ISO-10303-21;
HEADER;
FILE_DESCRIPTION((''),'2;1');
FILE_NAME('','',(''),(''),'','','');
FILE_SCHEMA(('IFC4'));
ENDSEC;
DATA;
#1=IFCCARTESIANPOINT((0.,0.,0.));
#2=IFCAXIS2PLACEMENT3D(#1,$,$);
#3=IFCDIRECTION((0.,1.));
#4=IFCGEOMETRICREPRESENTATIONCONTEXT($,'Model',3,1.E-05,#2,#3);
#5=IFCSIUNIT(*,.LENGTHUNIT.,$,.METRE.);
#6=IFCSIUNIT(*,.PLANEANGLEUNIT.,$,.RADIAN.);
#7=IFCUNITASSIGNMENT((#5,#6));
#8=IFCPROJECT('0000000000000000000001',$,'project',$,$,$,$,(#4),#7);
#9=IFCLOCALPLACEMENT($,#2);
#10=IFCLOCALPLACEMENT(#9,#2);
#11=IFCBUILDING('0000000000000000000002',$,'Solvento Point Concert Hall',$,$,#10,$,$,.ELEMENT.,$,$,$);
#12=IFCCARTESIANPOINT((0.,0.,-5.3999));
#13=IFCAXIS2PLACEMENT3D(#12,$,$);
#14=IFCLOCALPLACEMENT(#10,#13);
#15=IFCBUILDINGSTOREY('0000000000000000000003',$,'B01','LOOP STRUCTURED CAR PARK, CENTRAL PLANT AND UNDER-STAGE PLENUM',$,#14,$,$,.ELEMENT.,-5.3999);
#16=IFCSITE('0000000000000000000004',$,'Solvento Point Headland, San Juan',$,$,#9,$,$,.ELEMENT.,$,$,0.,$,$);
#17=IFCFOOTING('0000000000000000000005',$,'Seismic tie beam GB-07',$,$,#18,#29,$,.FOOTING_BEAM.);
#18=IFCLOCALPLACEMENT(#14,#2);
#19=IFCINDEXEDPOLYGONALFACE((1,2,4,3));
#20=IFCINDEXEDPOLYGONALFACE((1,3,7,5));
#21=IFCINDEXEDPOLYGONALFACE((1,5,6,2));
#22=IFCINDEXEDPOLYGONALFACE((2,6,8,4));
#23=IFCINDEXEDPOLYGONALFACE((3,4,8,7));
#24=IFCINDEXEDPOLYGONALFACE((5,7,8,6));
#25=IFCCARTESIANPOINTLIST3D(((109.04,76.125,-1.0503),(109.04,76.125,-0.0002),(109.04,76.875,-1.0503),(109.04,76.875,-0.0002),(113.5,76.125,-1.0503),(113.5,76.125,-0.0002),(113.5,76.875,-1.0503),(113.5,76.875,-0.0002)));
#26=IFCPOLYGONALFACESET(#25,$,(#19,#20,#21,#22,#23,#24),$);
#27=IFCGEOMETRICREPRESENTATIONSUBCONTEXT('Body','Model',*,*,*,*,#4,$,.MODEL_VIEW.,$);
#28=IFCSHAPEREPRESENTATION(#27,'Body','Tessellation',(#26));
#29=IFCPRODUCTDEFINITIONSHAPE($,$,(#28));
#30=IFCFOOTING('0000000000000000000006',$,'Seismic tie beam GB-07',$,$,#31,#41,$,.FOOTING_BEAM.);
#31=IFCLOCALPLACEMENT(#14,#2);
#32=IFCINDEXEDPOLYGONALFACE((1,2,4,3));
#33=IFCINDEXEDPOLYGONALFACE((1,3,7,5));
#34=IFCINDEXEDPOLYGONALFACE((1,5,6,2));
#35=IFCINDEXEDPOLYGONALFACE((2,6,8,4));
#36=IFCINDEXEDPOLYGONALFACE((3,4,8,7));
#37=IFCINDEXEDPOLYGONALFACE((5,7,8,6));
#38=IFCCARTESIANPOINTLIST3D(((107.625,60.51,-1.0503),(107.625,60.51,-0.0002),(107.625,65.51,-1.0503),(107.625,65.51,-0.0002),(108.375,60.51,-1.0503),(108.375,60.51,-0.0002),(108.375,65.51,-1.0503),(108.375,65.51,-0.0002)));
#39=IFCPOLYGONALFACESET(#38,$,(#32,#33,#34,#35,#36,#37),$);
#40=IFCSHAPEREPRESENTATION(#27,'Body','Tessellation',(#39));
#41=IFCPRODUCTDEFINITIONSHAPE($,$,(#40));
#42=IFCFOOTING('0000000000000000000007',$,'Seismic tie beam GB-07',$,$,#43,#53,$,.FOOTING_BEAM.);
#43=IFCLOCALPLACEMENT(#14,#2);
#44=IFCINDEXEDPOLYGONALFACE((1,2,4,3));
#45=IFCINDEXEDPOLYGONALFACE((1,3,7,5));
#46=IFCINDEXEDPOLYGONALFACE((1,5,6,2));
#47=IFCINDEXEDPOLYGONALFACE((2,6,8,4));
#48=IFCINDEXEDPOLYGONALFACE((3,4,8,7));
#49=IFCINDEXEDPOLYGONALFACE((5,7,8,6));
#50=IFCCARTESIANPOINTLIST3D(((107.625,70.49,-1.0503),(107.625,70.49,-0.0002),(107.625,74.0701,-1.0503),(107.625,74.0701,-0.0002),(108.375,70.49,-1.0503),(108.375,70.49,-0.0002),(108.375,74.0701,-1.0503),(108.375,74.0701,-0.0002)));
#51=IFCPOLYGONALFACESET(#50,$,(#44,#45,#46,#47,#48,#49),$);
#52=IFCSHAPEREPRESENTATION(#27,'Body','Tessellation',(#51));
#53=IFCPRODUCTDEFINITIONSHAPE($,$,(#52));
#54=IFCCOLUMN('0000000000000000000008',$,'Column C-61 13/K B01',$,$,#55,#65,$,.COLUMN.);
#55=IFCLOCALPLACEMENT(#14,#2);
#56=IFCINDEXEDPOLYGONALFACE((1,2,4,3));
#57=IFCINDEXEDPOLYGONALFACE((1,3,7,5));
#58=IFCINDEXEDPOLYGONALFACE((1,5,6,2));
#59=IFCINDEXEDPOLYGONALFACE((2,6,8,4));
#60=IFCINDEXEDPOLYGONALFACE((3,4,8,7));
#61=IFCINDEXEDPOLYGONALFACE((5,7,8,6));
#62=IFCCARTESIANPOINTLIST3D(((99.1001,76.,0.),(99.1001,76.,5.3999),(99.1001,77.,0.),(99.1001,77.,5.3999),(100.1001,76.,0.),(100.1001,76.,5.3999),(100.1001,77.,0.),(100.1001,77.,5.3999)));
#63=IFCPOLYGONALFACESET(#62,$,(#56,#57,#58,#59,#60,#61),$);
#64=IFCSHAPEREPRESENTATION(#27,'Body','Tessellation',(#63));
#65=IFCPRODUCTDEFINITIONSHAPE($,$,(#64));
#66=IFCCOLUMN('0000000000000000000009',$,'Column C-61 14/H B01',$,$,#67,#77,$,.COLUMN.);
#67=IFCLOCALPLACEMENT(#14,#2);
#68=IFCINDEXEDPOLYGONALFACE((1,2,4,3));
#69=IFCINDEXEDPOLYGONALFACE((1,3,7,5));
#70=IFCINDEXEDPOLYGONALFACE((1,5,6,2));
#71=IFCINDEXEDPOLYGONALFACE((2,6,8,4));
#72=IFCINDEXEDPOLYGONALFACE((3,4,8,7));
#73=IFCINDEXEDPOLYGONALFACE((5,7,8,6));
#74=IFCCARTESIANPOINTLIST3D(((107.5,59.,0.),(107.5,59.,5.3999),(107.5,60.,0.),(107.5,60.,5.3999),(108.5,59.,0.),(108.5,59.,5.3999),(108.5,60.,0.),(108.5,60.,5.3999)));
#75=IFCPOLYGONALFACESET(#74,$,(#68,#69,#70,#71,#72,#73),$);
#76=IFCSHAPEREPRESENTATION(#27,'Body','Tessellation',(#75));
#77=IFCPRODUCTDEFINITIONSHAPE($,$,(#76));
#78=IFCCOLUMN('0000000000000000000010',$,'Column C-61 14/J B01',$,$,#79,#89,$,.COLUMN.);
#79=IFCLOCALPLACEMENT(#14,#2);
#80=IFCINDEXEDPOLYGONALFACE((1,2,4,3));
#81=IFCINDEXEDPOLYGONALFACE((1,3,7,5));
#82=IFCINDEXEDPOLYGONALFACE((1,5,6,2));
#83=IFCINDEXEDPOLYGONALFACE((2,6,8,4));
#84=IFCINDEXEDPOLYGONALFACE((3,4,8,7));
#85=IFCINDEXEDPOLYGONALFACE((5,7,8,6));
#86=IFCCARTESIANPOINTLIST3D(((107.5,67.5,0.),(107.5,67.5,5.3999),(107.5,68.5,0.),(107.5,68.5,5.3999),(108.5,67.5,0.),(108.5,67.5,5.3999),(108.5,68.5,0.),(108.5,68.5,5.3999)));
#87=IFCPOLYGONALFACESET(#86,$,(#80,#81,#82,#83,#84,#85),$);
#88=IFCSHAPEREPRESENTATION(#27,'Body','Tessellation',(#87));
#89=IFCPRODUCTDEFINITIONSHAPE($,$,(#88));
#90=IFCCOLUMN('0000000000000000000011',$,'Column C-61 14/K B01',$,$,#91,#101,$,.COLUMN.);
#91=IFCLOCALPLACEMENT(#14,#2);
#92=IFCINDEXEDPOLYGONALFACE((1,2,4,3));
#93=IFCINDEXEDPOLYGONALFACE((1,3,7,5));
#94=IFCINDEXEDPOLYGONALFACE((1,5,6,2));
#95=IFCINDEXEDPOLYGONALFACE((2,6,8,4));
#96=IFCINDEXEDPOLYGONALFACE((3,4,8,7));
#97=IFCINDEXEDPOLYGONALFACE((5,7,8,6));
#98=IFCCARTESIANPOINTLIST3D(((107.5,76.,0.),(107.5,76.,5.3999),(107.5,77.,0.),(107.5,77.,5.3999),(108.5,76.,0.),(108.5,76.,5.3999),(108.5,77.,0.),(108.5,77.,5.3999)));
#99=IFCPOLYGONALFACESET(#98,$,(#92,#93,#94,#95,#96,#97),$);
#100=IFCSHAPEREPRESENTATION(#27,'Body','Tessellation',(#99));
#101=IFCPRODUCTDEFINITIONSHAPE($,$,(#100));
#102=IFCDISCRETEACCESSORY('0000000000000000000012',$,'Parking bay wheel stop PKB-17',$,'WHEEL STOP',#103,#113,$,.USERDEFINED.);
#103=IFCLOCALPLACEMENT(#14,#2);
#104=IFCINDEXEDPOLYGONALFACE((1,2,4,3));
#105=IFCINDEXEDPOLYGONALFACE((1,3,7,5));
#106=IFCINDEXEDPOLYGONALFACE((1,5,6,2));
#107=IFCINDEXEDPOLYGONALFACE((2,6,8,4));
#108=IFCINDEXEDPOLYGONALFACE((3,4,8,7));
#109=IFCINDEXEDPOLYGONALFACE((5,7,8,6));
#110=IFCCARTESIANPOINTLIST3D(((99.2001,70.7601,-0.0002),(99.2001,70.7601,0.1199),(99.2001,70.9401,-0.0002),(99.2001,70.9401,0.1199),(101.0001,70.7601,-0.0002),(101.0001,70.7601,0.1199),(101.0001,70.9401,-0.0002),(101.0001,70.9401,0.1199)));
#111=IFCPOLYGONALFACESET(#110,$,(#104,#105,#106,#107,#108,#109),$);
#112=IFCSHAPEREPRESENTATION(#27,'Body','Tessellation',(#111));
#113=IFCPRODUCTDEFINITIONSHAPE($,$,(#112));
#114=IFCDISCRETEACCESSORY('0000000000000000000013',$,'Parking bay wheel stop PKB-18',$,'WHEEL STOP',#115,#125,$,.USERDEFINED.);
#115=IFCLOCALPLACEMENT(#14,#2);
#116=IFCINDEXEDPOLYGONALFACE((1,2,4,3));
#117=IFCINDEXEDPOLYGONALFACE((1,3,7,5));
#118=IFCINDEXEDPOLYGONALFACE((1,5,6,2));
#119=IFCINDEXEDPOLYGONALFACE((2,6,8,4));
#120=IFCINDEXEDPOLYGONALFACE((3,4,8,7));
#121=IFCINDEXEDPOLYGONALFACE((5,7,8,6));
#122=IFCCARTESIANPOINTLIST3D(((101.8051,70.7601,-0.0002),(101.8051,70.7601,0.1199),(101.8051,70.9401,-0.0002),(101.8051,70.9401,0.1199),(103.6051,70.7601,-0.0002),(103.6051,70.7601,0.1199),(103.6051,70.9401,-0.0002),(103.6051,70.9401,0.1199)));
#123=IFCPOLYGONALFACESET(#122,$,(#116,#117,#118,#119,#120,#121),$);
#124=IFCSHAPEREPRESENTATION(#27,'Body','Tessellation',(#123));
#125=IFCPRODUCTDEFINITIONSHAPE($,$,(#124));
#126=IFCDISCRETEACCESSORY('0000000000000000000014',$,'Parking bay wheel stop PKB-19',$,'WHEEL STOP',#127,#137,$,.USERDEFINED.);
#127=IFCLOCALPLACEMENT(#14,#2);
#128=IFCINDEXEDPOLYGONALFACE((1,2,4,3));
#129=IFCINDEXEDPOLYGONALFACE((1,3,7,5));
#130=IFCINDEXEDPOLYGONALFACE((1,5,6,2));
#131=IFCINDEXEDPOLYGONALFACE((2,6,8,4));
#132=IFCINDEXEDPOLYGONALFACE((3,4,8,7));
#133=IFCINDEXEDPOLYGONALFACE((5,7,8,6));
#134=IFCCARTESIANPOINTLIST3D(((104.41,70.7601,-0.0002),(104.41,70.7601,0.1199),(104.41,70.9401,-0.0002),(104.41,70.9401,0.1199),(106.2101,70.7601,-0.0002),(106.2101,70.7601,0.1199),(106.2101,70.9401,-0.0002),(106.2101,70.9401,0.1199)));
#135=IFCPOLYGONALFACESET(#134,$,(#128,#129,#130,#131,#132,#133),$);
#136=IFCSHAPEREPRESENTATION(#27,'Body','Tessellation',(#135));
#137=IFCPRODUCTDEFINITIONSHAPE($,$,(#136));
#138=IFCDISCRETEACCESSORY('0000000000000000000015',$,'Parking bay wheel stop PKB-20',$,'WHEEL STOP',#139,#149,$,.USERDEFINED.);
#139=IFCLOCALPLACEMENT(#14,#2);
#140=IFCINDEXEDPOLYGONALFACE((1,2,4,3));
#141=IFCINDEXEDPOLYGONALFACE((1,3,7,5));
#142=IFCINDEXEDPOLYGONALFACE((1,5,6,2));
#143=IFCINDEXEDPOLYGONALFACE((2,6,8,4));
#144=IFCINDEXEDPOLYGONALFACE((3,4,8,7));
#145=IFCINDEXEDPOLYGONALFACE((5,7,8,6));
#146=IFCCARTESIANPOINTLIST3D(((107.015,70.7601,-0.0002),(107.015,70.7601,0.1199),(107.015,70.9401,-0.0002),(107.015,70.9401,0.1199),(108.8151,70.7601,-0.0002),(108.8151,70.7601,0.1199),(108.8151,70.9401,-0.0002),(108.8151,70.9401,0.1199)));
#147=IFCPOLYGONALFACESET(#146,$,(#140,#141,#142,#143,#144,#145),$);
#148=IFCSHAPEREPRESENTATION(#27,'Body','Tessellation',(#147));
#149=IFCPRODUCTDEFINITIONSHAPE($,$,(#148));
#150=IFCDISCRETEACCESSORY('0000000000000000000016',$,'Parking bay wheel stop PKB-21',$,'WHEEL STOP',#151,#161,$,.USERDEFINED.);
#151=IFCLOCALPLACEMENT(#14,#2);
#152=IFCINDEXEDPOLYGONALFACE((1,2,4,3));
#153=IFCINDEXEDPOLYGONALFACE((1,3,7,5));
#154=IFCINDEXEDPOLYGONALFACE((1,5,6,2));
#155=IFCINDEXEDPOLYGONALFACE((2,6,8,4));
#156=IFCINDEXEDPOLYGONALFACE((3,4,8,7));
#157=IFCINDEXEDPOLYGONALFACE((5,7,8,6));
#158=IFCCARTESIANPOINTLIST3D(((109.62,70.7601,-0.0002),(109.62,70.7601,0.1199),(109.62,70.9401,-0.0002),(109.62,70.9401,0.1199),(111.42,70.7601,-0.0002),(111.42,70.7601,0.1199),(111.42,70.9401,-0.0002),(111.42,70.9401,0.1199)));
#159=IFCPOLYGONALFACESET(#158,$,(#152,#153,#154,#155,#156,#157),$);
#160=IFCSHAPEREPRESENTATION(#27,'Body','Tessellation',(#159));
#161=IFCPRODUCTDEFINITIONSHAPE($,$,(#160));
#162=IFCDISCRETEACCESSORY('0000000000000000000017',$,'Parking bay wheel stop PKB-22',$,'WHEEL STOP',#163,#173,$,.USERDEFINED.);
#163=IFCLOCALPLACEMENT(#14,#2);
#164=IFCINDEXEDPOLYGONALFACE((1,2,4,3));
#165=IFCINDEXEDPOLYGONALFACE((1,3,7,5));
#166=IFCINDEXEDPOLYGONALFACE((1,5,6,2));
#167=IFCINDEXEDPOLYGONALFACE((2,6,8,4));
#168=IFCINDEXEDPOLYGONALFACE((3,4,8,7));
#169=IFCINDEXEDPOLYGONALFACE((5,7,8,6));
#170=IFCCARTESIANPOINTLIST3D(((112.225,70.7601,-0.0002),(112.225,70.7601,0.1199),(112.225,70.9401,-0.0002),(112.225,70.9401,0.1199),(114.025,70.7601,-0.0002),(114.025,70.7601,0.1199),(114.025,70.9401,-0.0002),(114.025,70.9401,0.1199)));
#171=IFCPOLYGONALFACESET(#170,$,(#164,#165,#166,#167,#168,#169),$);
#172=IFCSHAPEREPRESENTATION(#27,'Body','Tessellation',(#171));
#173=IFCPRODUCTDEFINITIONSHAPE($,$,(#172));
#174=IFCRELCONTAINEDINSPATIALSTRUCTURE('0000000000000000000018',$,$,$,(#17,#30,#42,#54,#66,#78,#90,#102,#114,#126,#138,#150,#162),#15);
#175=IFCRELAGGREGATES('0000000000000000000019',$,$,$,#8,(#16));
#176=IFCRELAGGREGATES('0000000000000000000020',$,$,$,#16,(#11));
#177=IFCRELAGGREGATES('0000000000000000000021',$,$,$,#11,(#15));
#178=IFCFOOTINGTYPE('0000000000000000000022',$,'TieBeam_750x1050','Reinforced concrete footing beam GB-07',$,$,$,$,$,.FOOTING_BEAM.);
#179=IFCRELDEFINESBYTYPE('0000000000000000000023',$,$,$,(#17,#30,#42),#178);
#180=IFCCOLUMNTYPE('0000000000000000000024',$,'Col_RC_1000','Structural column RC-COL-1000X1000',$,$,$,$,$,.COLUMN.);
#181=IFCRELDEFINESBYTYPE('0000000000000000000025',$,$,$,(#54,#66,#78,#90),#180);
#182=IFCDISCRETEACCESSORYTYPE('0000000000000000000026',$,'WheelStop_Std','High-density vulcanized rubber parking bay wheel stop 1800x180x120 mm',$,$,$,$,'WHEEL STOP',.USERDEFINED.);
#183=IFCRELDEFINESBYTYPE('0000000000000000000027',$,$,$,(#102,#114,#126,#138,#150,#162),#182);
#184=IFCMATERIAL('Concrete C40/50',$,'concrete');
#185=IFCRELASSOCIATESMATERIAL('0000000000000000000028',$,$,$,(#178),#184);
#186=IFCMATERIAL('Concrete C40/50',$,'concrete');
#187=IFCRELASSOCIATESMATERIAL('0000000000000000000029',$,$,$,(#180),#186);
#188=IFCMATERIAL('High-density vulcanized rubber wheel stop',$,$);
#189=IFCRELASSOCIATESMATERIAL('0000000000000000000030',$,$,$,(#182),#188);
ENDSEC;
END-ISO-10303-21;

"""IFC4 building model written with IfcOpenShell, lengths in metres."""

from ifc_helpers import new_model, si_unit, direction, frame, origin, origin_2d, place, context, subcontext, project, spatial, rectangle, extrude, material, material_profile, profile_set, type_object, element, save


model = new_model("IFC4")

# Units and contexts
model_context = context("Model", 3, precision=1e-05, world=origin(), true_north=direction((0.0, 1.0)))
body_context = subcontext(model_context, "Body", "Model", "MODEL_VIEW")
ifc_project = project(units=[si_unit("LENGTHUNIT", "METRE"), si_unit("PLANEANGLEUNIT", "RADIAN")], contexts=[model_context])

# Site, building, storey
site_placement = place(None, origin())
site = spatial("IfcSite", under=ifc_project, at=site_placement, Name="Solvento Point Headland, San Juan", CompositionType="ELEMENT", RefElevation=0.0)
building_placement = place(site_placement, origin())
building = spatial("IfcBuilding", under=site, at=building_placement, Name="Solvento Point Concert Hall", CompositionType="ELEMENT")
storey_placement = place(building_placement, frame((0.0, 0.0, -5.3999)))
storey = spatial("IfcBuildingStorey", under=building, at=storey_placement, Name="B01", Description="LOOP STRUCTURED CAR PARK, CENTRAL PLANT AND UNDER-STAGE PLENUM", CompositionType="ELEMENT", Elevation=-5.3999)

# Footings
ifc_material_1 = material(Name="Concrete C40/50", Category="concrete")
footing_type_1 = type_object("IfcFootingType", Name="TieBeam_750x1050", Description="Reinforced concrete footing beam GB-07", PredefinedType="FOOTING_BEAM", material=ifc_material_1)
footing_1_placement = place(storey_placement, frame((111.27, 76.5, -1.0503), z_axis=(0.0, 0.0, 1.0), x_axis=(1.0, 0.0, 0.0)))
element("IfcFooting", 1, at=footing_1_placement, inside=storey, type_object=footing_type_1, Name="Seismic tie beam GB-07", PredefinedType="FOOTING_BEAM", context=body_context, shape_type="SweptSolid", body=[
    extrude(rectangle(XDim=4.46, YDim=0.75, at=origin_2d()), origin(), (0.0, 0.0, 1.0), 1.05),
])
footing_2_placement = place(storey_placement, frame((108.0, 63.01, -1.0503), z_axis=(0.0, 0.0, 1.0), x_axis=(0.0, 1.0, 0.0)))
element("IfcFooting", 2, at=footing_2_placement, inside=storey, type_object=footing_type_1, Name="Seismic tie beam GB-07", PredefinedType="FOOTING_BEAM", context=body_context, shape_type="SweptSolid", body=[
    extrude(rectangle(XDim=5.0, YDim=0.75, at=origin_2d()), origin(), (0.0, 0.0, 1.0), 1.05),
])
footing_3_placement = place(storey_placement, frame((108.0, 72.28, -1.0503), z_axis=(0.0, 0.0, 1.0), x_axis=(0.0, 1.0, 0.0)))
element("IfcFooting", 3, at=footing_3_placement, inside=storey, type_object=footing_type_1, Name="Seismic tie beam GB-07", PredefinedType="FOOTING_BEAM", context=body_context, shape_type="SweptSolid", body=[
    extrude(rectangle(XDim=3.5801, YDim=0.75, at=origin_2d()), origin(), (0.0, 0.0, 1.0), 1.05),
])

# Columns
ifc_material_2 = material(Name="Concrete C40/50", Category="concrete")
ifc_material_profile_1 = material_profile(ifc_material_2, rectangle(XDim=1.0, YDim=1.0, at=origin_2d()), Name="RC-COL-1000X1000")
ifc_profile_set_1 = profile_set([ifc_material_profile_1], Name="Concrete C40/50")
column_type = type_object("IfcColumnType", Name="Col_RC_1000", Description="Structural column RC-COL-1000X1000", PredefinedType="COLUMN", material=ifc_profile_set_1)
for number, where, z_axis, x_axis, name in (
    (4, (99.6001, 76.5, 0.0), (0.0, 0.0, 1.0), (1.0, 0.0, 0.0), "Column C-61 13/K B01"),
    (5, (108.0, 59.5, 0.0), (0.0, 0.0, 1.0), (1.0, 0.0, 0.0), "Column C-61 14/H B01"),
    (6, (108.0, 68.0, 0.0), (0.0, 0.0, 1.0), (1.0, 0.0, 0.0), "Column C-61 14/J B01"),
    (7, (108.0, 76.5, 0.0), (0.0, 0.0, 1.0), (1.0, 0.0, 0.0), "Column C-61 14/K B01"),
):
    element("IfcColumn", number, at=place(storey_placement, frame(where, z_axis=z_axis, x_axis=x_axis)), inside=storey, type_object=column_type, Name=name, PredefinedType="COLUMN", context=body_context, shape_type="SweptSolid", body=[
        extrude(rectangle(XDim=1.0, YDim=1.0, at=origin_2d()), origin(), (0.0, 0.0, 1.0), 5.3999),
    ])

# Discrete accessories
ifc_material_3 = material(Name="High-density vulcanized rubber wheel stop")
discrete_accessory_type = type_object("IfcDiscreteAccessoryType", Name="WheelStop_Std", Description="High-density vulcanized rubber parking bay wheel stop 1800x180x120 mm", ElementType="WHEEL STOP", PredefinedType="USERDEFINED", material=ifc_material_3)
for number, where, z_axis, x_axis, name in (
    (8, (100.1001, 70.8501, -0.0002), (0.0, 0.0, 1.0), (1.0, 0.0, 0.0), "Parking bay wheel stop PKB-17"),
    (9, (102.7051, 70.8501, -0.0002), (0.0, 0.0, 1.0), (1.0, 0.0, 0.0), "Parking bay wheel stop PKB-18"),
    (10, (105.3101, 70.8501, -0.0002), (0.0, 0.0, 1.0), (1.0, 0.0, 0.0), "Parking bay wheel stop PKB-19"),
    (11, (107.915, 70.8501, -0.0002), (0.0, 0.0, 1.0), (1.0, 0.0, 0.0), "Parking bay wheel stop PKB-20"),
    (12, (110.52, 70.8501, -0.0002), (0.0, 0.0, 1.0), (1.0, 0.0, 0.0), "Parking bay wheel stop PKB-21"),
    (13, (113.125, 70.8501, -0.0002), (0.0, 0.0, 1.0), (1.0, 0.0, 0.0), "Parking bay wheel stop PKB-22"),
):
    element("IfcDiscreteAccessory", number, at=place(storey_placement, frame(where, z_axis=z_axis, x_axis=x_axis)), inside=storey, type_object=discrete_accessory_type, Name=name, ObjectType="WHEEL STOP", PredefinedType="USERDEFINED", context=body_context, shape_type="SweptSolid", body=[
        extrude(rectangle(XDim=1.8, YDim=0.1799, at=origin_2d()), origin(), (0.0, 0.0, 1.0), 0.1201),
    ])

save(model, "model.ifc")
